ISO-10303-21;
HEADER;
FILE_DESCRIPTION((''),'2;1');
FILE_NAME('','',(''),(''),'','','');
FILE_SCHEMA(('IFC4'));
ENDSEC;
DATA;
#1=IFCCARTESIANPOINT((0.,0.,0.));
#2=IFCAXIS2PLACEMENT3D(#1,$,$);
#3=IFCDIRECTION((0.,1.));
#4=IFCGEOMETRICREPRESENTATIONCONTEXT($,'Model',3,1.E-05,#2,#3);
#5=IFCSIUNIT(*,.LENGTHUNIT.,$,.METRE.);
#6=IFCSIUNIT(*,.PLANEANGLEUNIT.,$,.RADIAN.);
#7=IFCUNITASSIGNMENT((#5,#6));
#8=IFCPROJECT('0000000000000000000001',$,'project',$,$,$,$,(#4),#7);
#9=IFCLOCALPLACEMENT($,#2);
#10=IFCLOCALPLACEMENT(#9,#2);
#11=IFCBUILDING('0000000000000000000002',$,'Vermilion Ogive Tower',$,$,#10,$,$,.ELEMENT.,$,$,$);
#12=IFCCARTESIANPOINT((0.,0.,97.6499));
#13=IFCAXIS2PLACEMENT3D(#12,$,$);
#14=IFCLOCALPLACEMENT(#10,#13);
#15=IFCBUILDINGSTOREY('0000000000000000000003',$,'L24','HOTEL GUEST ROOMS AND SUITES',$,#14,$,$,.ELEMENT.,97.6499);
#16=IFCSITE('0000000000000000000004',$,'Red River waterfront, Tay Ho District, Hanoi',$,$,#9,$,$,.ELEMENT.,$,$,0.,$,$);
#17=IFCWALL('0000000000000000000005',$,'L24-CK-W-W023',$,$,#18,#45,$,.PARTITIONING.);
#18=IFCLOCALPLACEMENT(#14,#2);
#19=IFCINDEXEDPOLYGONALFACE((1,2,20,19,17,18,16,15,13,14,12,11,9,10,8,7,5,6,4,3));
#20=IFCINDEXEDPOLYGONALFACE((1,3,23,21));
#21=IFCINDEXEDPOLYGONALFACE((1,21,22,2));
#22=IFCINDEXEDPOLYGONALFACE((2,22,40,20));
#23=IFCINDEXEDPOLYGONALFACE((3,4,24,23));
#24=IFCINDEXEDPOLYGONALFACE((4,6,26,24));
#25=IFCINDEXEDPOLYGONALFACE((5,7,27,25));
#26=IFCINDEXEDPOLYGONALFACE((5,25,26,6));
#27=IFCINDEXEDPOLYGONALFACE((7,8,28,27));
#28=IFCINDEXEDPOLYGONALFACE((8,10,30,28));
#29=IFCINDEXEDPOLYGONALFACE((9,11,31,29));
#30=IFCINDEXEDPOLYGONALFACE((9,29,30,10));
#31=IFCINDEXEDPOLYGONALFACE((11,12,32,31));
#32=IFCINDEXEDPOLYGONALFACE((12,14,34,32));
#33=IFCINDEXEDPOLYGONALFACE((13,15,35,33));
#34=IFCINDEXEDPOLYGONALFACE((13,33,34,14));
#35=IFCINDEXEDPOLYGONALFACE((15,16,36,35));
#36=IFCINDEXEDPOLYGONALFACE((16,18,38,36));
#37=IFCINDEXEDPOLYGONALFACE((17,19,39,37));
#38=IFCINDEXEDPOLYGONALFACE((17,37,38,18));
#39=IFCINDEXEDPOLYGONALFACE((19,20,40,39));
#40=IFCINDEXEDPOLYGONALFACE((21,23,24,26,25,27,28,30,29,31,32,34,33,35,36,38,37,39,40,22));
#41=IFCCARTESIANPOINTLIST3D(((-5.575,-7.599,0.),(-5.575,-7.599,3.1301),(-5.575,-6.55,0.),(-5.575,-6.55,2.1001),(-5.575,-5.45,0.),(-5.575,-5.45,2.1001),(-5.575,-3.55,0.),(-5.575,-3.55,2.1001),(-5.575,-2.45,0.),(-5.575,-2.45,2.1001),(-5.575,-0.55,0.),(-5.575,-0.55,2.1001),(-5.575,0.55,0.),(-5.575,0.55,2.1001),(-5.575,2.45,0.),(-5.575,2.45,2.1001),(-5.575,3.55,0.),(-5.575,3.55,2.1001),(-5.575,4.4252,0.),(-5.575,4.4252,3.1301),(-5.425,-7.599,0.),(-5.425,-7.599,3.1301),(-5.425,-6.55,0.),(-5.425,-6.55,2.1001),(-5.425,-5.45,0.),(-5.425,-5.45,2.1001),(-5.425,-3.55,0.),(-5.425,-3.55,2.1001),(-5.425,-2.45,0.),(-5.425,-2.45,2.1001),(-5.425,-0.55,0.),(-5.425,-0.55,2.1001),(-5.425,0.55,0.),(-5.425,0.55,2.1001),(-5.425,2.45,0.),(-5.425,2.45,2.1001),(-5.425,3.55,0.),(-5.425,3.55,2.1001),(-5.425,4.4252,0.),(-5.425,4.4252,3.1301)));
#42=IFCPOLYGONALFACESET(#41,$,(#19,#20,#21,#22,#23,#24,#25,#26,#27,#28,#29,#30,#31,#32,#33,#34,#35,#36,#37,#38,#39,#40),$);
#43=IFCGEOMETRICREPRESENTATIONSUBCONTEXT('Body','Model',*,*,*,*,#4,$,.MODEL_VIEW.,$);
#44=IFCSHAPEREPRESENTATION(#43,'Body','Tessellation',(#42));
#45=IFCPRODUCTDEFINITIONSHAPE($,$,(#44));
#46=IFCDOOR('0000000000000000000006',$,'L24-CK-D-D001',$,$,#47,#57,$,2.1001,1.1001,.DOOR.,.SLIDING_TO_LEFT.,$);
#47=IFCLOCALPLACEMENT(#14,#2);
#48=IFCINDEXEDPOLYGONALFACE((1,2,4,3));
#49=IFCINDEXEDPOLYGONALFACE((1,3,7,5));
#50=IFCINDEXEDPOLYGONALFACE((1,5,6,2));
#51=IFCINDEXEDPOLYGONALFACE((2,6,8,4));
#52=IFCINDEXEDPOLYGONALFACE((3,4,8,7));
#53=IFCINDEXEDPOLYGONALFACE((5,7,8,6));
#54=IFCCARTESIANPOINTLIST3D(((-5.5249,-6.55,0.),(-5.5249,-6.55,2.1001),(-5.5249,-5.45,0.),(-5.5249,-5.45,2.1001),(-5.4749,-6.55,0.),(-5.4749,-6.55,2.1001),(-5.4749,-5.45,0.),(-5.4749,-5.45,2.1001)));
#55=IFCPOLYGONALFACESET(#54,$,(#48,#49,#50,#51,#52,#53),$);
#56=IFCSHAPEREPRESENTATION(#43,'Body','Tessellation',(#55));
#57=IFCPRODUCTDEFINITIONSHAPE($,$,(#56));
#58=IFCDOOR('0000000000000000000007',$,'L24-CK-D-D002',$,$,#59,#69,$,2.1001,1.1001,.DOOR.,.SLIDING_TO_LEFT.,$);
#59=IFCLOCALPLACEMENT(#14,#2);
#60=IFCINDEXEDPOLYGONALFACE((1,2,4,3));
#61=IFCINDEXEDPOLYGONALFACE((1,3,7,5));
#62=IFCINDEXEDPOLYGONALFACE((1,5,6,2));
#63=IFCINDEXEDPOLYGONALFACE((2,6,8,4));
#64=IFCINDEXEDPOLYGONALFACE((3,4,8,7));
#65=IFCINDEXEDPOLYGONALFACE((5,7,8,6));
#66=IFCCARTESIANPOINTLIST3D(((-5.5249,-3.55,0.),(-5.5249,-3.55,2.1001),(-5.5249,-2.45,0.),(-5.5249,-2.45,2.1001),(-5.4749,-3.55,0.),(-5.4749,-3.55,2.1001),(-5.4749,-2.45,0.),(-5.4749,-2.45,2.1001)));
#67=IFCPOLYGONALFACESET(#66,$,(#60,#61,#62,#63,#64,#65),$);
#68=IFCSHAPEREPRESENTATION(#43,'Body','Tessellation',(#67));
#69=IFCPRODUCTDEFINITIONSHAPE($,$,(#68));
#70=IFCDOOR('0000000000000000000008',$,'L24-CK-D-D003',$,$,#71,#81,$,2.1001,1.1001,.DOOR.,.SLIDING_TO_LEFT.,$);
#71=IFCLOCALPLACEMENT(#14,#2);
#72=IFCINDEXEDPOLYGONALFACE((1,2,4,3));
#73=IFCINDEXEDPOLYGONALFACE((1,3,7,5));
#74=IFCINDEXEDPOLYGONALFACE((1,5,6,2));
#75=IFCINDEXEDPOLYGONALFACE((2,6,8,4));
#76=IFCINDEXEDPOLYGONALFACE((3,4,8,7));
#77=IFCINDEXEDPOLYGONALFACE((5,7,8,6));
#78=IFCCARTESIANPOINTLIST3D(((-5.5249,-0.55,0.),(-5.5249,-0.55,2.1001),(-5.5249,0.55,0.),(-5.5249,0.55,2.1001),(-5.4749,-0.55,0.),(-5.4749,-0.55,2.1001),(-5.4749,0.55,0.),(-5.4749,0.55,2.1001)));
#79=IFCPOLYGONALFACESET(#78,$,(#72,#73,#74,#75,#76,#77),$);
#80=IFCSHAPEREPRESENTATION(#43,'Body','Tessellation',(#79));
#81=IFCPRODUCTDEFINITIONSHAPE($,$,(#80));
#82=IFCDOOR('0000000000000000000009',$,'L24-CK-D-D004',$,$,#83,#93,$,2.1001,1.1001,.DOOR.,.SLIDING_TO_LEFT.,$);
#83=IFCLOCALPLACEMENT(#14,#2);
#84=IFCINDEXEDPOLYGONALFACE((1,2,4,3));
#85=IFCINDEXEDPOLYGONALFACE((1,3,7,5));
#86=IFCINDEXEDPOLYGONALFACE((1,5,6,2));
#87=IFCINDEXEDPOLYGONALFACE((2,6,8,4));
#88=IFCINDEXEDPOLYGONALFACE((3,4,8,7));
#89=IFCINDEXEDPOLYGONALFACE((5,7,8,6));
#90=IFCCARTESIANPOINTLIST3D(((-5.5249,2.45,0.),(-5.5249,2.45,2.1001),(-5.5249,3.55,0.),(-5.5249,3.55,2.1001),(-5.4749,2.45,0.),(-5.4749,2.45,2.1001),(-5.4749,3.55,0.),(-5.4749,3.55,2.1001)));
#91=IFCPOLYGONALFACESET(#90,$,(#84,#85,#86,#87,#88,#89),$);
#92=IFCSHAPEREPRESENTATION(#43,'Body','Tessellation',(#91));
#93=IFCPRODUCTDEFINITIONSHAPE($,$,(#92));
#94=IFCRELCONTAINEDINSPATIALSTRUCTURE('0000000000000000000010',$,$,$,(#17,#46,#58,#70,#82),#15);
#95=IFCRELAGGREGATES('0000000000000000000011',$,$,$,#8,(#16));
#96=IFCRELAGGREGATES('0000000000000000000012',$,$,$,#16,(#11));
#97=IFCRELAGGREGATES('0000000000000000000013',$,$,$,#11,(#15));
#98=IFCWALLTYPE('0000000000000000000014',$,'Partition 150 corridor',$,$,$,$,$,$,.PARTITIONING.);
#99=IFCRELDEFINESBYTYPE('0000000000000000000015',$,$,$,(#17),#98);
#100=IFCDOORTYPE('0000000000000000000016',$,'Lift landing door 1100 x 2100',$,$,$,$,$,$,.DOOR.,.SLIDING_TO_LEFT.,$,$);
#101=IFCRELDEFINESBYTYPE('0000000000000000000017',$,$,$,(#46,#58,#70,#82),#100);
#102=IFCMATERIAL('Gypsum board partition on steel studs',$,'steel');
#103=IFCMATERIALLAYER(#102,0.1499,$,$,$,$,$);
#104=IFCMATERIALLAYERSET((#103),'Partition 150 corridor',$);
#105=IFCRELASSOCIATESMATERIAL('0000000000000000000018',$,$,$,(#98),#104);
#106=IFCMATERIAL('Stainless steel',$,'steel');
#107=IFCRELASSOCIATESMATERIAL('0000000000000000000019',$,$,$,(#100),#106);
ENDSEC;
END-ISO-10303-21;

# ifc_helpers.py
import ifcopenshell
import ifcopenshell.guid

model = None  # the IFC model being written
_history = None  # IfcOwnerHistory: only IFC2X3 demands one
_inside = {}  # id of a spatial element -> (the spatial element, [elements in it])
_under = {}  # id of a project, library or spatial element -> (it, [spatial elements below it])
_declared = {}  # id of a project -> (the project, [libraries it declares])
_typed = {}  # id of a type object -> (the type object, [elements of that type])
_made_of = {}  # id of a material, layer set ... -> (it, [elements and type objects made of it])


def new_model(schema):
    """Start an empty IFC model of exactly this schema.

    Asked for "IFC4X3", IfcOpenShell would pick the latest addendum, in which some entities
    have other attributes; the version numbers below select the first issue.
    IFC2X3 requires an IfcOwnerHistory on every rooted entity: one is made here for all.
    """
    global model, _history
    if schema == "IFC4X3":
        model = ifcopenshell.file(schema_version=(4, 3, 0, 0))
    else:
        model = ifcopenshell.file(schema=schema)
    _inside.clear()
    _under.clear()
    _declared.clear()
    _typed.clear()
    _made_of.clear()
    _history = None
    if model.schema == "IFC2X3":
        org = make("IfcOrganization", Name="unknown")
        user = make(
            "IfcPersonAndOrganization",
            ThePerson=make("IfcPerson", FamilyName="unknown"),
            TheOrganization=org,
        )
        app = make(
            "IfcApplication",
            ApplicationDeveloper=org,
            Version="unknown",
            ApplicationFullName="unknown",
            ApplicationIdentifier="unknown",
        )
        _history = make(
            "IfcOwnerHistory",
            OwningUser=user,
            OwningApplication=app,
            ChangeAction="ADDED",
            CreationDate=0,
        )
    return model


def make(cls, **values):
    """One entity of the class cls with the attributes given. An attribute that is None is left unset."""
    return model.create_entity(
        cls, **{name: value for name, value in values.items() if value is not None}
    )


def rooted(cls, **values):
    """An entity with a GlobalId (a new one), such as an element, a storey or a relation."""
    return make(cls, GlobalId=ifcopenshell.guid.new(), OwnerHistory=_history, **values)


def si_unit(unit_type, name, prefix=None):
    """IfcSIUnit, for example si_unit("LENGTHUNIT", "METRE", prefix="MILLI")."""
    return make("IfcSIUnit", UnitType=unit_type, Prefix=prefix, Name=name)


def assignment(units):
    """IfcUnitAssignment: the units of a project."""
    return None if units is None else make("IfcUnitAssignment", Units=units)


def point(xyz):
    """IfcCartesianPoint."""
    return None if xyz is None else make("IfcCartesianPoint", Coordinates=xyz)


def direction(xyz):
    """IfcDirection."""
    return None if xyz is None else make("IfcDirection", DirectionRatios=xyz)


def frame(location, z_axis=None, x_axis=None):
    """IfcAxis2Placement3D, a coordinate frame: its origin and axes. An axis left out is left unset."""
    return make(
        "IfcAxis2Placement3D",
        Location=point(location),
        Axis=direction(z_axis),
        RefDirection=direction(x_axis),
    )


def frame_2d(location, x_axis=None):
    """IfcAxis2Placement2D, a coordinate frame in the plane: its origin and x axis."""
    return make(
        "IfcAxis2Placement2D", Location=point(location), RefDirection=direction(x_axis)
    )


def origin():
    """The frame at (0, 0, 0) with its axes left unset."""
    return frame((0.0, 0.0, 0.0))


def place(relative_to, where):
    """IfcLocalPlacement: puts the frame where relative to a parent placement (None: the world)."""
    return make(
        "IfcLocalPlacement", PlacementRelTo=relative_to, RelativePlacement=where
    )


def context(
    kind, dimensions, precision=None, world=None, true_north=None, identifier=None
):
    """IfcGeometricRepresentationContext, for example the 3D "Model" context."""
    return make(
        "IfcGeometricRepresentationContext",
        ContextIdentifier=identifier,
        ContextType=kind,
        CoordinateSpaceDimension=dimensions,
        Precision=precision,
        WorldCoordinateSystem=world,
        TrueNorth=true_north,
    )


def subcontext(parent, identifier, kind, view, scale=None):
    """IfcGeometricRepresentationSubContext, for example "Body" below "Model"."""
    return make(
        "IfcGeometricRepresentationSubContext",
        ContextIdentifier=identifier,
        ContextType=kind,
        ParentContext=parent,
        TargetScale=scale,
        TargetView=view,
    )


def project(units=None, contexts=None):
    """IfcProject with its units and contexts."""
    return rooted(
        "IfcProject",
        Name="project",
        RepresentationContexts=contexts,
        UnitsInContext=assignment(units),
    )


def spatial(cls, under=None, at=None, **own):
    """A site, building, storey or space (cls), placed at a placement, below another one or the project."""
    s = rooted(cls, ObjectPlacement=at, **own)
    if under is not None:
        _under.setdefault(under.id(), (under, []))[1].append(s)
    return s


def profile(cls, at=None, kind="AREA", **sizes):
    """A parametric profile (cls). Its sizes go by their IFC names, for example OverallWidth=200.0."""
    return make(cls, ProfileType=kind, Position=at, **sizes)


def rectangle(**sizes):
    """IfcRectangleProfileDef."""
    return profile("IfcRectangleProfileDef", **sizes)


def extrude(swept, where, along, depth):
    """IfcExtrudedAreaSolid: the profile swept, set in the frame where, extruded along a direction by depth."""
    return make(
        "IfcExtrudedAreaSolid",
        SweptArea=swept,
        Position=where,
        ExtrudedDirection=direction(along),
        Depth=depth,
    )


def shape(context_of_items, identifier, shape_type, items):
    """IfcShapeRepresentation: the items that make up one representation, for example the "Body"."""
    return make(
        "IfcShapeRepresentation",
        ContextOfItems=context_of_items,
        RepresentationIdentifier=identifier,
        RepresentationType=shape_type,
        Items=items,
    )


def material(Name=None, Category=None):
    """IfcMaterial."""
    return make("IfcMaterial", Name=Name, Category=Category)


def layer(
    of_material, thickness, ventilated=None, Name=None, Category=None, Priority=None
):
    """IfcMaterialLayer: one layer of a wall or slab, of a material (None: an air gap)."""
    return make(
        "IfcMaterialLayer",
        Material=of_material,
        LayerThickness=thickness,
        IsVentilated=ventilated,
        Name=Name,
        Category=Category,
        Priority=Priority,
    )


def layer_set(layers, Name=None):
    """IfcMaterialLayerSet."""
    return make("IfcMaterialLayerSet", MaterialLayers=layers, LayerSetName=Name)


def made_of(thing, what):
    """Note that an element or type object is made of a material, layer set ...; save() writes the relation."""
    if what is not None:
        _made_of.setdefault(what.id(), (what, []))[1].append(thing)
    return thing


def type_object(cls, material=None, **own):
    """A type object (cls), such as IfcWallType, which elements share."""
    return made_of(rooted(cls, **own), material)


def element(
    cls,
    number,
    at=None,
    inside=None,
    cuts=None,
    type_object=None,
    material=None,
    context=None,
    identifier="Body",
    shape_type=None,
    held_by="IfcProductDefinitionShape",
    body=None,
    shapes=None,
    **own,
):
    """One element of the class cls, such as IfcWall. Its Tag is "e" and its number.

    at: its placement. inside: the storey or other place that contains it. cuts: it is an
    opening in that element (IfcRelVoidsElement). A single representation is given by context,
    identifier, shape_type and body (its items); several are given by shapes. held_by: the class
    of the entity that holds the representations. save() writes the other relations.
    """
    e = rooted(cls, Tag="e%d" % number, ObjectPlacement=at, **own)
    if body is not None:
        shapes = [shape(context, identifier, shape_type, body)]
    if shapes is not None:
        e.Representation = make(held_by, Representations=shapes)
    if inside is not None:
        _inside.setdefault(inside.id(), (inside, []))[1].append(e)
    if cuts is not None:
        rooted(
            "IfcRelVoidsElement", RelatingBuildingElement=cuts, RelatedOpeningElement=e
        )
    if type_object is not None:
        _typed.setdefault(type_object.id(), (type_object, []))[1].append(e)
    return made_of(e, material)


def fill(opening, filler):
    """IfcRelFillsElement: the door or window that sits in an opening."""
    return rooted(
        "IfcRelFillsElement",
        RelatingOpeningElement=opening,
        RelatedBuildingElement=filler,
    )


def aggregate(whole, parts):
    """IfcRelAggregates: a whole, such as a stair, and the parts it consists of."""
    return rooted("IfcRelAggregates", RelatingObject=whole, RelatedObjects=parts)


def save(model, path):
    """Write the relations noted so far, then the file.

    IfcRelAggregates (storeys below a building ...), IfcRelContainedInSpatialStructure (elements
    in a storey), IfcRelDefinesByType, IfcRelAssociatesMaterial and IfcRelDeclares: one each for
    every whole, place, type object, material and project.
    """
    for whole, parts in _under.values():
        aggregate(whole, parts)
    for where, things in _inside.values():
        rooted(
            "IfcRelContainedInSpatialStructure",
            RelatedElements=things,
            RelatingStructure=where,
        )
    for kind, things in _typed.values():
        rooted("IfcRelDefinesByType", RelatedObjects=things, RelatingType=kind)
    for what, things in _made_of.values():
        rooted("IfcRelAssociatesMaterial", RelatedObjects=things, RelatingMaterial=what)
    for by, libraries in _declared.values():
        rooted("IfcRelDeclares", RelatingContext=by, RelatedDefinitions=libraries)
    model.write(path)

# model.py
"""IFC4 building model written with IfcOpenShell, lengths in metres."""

from ifc_helpers import new_model, si_unit, direction, frame, frame_2d, origin, place, context, subcontext, project, spatial, rectangle, extrude, material, layer, layer_set, type_object, element, fill, save


model = new_model("IFC4")

# Units and contexts
model_context = context("Model", 3, precision=1e-05, world=origin(), true_north=direction((0.0, 1.0)))
body_context = subcontext(model_context, "Body", "Model", "MODEL_VIEW")
ifc_project = project(units=[si_unit("LENGTHUNIT", "METRE"), si_unit("PLANEANGLEUNIT", "RADIAN")], contexts=[model_context])

# Site, building, storey
site_placement = place(None, origin())
site = spatial("IfcSite", under=ifc_project, at=site_placement, Name="Red River waterfront, Tay Ho District, Hanoi", CompositionType="ELEMENT", RefElevation=0.0)
building_placement = place(site_placement, origin())
building = spatial("IfcBuilding", under=site, at=building_placement, Name="Vermilion Ogive Tower", CompositionType="ELEMENT")
storey_placement = place(building_placement, frame((0.0, 0.0, 97.6499)))
storey = spatial("IfcBuildingStorey", under=building, at=storey_placement, Name="L24", Description="HOTEL GUEST ROOMS AND SUITES", CompositionType="ELEMENT", Elevation=97.6499)

# Shared definitions
ifc_material_1 = material(Name="Gypsum board partition on steel studs", Category="steel")
ifc_layer_1 = layer(ifc_material_1, 0.1499)
ifc_layer_set_1 = layer_set([ifc_layer_1], Name="Partition 150 corridor")
wall_type_1 = type_object("IfcWallType", Name="Partition 150 corridor", PredefinedType="PARTITIONING", material=ifc_layer_set_1)

# Wall, openings, doors
wall_1_placement = place(storey_placement, frame((-5.5, -7.5991, 0.0), z_axis=(0.0, 0.0, 1.0), x_axis=(0.0, 1.0, 0.0)))
wall_1 = element("IfcWall", 1, at=wall_1_placement, inside=storey, type_object=wall_type_1, Name="L24-CK-W-W023", PredefinedType="PARTITIONING", context=body_context, shape_type="SweptSolid", body=[
    extrude(rectangle(XDim=12.0242, YDim=0.1499, at=frame_2d((6.0122, 0.0))), origin(), (0.0, 0.0, 1.0), 3.1301),
])
opening_1_placement = place(wall_1_placement, frame((1.0491, 0.0, 0.0)))
opening_1 = element("IfcOpeningElement", 2, at=opening_1_placement, cuts=wall_1, PredefinedType="OPENING", context=body_context, shape_type="SweptSolid", body=[
    extrude(rectangle(XDim=1.1001, YDim=2.1001, at=frame_2d((0.55, 1.05))), frame((0.0, 0.085, 0.0), z_axis=(0.0, -1.0, 0.0), x_axis=(1.0, 0.0, 0.0)), (0.0, 0.0, 1.0), 0.1699),
])
opening_2_placement = place(wall_1_placement, frame((4.0491, 0.0, 0.0)))
opening_2 = element("IfcOpeningElement", 3, at=opening_2_placement, cuts=wall_1, PredefinedType="OPENING", context=body_context, shape_type="SweptSolid", body=[
    extrude(rectangle(XDim=1.1001, YDim=2.1001, at=frame_2d((0.55, 1.05))), frame((0.0, 0.085, 0.0), z_axis=(0.0, -1.0, 0.0), x_axis=(1.0, 0.0, 0.0)), (0.0, 0.0, 1.0), 0.1699),
])
opening_3_placement = place(wall_1_placement, frame((7.0491, 0.0, 0.0)))
opening_3 = element("IfcOpeningElement", 4, at=opening_3_placement, cuts=wall_1, PredefinedType="OPENING", context=body_context, shape_type="SweptSolid", body=[
    extrude(rectangle(XDim=1.1001, YDim=2.1001, at=frame_2d((0.55, 1.05))), frame((0.0, 0.085, 0.0), z_axis=(0.0, -1.0, 0.0), x_axis=(1.0, 0.0, 0.0)), (0.0, 0.0, 1.0), 0.1699),
])
opening_4_placement = place(wall_1_placement, frame((10.0491, 0.0, 0.0)))
opening_4 = element("IfcOpeningElement", 5, at=opening_4_placement, cuts=wall_1, PredefinedType="OPENING", context=body_context, shape_type="SweptSolid", body=[
    extrude(rectangle(XDim=1.1001, YDim=2.1001, at=frame_2d((0.55, 1.05))), frame((0.0, 0.085, 0.0), z_axis=(0.0, -1.0, 0.0), x_axis=(1.0, 0.0, 0.0)), (0.0, 0.0, 1.0), 0.1699),
])
ifc_material_2 = material(Name="Stainless steel", Category="steel")
door_type_1 = type_object("IfcDoorType", Name="Lift landing door 1100 x 2100", OperationType="SLIDING_TO_LEFT", PredefinedType="DOOR", material=ifc_material_2)
door_1_placement = place(opening_1_placement, origin())
door_1 = element("IfcDoor", 6, at=door_1_placement, inside=storey, type_object=door_type_1, Name="L24-CK-D-D001", OperationType="SLIDING_TO_LEFT", OverallHeight=2.1001, OverallWidth=1.1001, PredefinedType="DOOR", context=body_context, shape_type="SweptSolid", body=[
    extrude(rectangle(XDim=1.1001, YDim=2.1001, at=frame_2d((0.55, 1.05))), frame((0.0, 0.0249, 0.0), z_axis=(0.0, -1.0, 0.0), x_axis=(1.0, 0.0, 0.0)), (0.0, 0.0, 1.0), 0.05),
])
fill(opening_1, door_1)
door_2_placement = place(opening_2_placement, origin())
door_2 = element("IfcDoor", 7, at=door_2_placement, inside=storey, type_object=door_type_1, Name="L24-CK-D-D002", OperationType="SLIDING_TO_LEFT", OverallHeight=2.1001, OverallWidth=1.1001, PredefinedType="DOOR", context=body_context, shape_type="SweptSolid", body=[
    extrude(rectangle(XDim=1.1001, YDim=2.1001, at=frame_2d((0.55, 1.05))), frame((0.0, 0.0249, 0.0), z_axis=(0.0, -1.0, 0.0), x_axis=(1.0, 0.0, 0.0)), (0.0, 0.0, 1.0), 0.05),
])
fill(opening_2, door_2)
door_3_placement = place(opening_3_placement, origin())
door_3 = element("IfcDoor", 8, at=door_3_placement, inside=storey, type_object=door_type_1, Name="L24-CK-D-D003", OperationType="SLIDING_TO_LEFT", OverallHeight=2.1001, OverallWidth=1.1001, PredefinedType="DOOR", context=body_context, shape_type="SweptSolid", body=[
    extrude(rectangle(XDim=1.1001, YDim=2.1001, at=frame_2d((0.55, 1.05))), frame((0.0, 0.0249, 0.0), z_axis=(0.0, -1.0, 0.0), x_axis=(1.0, 0.0, 0.0)), (0.0, 0.0, 1.0), 0.05),
])
fill(opening_3, door_3)
door_4_placement = place(opening_4_placement, origin())
door_4 = element("IfcDoor", 9, at=door_4_placement, inside=storey, type_object=door_type_1, Name="L24-CK-D-D004", OperationType="SLIDING_TO_LEFT", OverallHeight=2.1001, OverallWidth=1.1001, PredefinedType="DOOR", context=body_context, shape_type="SweptSolid", body=[
    extrude(rectangle(XDim=1.1001, YDim=2.1001, at=frame_2d((0.55, 1.05))), frame((0.0, 0.0249, 0.0), z_axis=(0.0, -1.0, 0.0), x_axis=(1.0, 0.0, 0.0)), (0.0, 0.0, 1.0), 0.05),
])
fill(opening_4, door_4)

save(model, "model.ifc")
